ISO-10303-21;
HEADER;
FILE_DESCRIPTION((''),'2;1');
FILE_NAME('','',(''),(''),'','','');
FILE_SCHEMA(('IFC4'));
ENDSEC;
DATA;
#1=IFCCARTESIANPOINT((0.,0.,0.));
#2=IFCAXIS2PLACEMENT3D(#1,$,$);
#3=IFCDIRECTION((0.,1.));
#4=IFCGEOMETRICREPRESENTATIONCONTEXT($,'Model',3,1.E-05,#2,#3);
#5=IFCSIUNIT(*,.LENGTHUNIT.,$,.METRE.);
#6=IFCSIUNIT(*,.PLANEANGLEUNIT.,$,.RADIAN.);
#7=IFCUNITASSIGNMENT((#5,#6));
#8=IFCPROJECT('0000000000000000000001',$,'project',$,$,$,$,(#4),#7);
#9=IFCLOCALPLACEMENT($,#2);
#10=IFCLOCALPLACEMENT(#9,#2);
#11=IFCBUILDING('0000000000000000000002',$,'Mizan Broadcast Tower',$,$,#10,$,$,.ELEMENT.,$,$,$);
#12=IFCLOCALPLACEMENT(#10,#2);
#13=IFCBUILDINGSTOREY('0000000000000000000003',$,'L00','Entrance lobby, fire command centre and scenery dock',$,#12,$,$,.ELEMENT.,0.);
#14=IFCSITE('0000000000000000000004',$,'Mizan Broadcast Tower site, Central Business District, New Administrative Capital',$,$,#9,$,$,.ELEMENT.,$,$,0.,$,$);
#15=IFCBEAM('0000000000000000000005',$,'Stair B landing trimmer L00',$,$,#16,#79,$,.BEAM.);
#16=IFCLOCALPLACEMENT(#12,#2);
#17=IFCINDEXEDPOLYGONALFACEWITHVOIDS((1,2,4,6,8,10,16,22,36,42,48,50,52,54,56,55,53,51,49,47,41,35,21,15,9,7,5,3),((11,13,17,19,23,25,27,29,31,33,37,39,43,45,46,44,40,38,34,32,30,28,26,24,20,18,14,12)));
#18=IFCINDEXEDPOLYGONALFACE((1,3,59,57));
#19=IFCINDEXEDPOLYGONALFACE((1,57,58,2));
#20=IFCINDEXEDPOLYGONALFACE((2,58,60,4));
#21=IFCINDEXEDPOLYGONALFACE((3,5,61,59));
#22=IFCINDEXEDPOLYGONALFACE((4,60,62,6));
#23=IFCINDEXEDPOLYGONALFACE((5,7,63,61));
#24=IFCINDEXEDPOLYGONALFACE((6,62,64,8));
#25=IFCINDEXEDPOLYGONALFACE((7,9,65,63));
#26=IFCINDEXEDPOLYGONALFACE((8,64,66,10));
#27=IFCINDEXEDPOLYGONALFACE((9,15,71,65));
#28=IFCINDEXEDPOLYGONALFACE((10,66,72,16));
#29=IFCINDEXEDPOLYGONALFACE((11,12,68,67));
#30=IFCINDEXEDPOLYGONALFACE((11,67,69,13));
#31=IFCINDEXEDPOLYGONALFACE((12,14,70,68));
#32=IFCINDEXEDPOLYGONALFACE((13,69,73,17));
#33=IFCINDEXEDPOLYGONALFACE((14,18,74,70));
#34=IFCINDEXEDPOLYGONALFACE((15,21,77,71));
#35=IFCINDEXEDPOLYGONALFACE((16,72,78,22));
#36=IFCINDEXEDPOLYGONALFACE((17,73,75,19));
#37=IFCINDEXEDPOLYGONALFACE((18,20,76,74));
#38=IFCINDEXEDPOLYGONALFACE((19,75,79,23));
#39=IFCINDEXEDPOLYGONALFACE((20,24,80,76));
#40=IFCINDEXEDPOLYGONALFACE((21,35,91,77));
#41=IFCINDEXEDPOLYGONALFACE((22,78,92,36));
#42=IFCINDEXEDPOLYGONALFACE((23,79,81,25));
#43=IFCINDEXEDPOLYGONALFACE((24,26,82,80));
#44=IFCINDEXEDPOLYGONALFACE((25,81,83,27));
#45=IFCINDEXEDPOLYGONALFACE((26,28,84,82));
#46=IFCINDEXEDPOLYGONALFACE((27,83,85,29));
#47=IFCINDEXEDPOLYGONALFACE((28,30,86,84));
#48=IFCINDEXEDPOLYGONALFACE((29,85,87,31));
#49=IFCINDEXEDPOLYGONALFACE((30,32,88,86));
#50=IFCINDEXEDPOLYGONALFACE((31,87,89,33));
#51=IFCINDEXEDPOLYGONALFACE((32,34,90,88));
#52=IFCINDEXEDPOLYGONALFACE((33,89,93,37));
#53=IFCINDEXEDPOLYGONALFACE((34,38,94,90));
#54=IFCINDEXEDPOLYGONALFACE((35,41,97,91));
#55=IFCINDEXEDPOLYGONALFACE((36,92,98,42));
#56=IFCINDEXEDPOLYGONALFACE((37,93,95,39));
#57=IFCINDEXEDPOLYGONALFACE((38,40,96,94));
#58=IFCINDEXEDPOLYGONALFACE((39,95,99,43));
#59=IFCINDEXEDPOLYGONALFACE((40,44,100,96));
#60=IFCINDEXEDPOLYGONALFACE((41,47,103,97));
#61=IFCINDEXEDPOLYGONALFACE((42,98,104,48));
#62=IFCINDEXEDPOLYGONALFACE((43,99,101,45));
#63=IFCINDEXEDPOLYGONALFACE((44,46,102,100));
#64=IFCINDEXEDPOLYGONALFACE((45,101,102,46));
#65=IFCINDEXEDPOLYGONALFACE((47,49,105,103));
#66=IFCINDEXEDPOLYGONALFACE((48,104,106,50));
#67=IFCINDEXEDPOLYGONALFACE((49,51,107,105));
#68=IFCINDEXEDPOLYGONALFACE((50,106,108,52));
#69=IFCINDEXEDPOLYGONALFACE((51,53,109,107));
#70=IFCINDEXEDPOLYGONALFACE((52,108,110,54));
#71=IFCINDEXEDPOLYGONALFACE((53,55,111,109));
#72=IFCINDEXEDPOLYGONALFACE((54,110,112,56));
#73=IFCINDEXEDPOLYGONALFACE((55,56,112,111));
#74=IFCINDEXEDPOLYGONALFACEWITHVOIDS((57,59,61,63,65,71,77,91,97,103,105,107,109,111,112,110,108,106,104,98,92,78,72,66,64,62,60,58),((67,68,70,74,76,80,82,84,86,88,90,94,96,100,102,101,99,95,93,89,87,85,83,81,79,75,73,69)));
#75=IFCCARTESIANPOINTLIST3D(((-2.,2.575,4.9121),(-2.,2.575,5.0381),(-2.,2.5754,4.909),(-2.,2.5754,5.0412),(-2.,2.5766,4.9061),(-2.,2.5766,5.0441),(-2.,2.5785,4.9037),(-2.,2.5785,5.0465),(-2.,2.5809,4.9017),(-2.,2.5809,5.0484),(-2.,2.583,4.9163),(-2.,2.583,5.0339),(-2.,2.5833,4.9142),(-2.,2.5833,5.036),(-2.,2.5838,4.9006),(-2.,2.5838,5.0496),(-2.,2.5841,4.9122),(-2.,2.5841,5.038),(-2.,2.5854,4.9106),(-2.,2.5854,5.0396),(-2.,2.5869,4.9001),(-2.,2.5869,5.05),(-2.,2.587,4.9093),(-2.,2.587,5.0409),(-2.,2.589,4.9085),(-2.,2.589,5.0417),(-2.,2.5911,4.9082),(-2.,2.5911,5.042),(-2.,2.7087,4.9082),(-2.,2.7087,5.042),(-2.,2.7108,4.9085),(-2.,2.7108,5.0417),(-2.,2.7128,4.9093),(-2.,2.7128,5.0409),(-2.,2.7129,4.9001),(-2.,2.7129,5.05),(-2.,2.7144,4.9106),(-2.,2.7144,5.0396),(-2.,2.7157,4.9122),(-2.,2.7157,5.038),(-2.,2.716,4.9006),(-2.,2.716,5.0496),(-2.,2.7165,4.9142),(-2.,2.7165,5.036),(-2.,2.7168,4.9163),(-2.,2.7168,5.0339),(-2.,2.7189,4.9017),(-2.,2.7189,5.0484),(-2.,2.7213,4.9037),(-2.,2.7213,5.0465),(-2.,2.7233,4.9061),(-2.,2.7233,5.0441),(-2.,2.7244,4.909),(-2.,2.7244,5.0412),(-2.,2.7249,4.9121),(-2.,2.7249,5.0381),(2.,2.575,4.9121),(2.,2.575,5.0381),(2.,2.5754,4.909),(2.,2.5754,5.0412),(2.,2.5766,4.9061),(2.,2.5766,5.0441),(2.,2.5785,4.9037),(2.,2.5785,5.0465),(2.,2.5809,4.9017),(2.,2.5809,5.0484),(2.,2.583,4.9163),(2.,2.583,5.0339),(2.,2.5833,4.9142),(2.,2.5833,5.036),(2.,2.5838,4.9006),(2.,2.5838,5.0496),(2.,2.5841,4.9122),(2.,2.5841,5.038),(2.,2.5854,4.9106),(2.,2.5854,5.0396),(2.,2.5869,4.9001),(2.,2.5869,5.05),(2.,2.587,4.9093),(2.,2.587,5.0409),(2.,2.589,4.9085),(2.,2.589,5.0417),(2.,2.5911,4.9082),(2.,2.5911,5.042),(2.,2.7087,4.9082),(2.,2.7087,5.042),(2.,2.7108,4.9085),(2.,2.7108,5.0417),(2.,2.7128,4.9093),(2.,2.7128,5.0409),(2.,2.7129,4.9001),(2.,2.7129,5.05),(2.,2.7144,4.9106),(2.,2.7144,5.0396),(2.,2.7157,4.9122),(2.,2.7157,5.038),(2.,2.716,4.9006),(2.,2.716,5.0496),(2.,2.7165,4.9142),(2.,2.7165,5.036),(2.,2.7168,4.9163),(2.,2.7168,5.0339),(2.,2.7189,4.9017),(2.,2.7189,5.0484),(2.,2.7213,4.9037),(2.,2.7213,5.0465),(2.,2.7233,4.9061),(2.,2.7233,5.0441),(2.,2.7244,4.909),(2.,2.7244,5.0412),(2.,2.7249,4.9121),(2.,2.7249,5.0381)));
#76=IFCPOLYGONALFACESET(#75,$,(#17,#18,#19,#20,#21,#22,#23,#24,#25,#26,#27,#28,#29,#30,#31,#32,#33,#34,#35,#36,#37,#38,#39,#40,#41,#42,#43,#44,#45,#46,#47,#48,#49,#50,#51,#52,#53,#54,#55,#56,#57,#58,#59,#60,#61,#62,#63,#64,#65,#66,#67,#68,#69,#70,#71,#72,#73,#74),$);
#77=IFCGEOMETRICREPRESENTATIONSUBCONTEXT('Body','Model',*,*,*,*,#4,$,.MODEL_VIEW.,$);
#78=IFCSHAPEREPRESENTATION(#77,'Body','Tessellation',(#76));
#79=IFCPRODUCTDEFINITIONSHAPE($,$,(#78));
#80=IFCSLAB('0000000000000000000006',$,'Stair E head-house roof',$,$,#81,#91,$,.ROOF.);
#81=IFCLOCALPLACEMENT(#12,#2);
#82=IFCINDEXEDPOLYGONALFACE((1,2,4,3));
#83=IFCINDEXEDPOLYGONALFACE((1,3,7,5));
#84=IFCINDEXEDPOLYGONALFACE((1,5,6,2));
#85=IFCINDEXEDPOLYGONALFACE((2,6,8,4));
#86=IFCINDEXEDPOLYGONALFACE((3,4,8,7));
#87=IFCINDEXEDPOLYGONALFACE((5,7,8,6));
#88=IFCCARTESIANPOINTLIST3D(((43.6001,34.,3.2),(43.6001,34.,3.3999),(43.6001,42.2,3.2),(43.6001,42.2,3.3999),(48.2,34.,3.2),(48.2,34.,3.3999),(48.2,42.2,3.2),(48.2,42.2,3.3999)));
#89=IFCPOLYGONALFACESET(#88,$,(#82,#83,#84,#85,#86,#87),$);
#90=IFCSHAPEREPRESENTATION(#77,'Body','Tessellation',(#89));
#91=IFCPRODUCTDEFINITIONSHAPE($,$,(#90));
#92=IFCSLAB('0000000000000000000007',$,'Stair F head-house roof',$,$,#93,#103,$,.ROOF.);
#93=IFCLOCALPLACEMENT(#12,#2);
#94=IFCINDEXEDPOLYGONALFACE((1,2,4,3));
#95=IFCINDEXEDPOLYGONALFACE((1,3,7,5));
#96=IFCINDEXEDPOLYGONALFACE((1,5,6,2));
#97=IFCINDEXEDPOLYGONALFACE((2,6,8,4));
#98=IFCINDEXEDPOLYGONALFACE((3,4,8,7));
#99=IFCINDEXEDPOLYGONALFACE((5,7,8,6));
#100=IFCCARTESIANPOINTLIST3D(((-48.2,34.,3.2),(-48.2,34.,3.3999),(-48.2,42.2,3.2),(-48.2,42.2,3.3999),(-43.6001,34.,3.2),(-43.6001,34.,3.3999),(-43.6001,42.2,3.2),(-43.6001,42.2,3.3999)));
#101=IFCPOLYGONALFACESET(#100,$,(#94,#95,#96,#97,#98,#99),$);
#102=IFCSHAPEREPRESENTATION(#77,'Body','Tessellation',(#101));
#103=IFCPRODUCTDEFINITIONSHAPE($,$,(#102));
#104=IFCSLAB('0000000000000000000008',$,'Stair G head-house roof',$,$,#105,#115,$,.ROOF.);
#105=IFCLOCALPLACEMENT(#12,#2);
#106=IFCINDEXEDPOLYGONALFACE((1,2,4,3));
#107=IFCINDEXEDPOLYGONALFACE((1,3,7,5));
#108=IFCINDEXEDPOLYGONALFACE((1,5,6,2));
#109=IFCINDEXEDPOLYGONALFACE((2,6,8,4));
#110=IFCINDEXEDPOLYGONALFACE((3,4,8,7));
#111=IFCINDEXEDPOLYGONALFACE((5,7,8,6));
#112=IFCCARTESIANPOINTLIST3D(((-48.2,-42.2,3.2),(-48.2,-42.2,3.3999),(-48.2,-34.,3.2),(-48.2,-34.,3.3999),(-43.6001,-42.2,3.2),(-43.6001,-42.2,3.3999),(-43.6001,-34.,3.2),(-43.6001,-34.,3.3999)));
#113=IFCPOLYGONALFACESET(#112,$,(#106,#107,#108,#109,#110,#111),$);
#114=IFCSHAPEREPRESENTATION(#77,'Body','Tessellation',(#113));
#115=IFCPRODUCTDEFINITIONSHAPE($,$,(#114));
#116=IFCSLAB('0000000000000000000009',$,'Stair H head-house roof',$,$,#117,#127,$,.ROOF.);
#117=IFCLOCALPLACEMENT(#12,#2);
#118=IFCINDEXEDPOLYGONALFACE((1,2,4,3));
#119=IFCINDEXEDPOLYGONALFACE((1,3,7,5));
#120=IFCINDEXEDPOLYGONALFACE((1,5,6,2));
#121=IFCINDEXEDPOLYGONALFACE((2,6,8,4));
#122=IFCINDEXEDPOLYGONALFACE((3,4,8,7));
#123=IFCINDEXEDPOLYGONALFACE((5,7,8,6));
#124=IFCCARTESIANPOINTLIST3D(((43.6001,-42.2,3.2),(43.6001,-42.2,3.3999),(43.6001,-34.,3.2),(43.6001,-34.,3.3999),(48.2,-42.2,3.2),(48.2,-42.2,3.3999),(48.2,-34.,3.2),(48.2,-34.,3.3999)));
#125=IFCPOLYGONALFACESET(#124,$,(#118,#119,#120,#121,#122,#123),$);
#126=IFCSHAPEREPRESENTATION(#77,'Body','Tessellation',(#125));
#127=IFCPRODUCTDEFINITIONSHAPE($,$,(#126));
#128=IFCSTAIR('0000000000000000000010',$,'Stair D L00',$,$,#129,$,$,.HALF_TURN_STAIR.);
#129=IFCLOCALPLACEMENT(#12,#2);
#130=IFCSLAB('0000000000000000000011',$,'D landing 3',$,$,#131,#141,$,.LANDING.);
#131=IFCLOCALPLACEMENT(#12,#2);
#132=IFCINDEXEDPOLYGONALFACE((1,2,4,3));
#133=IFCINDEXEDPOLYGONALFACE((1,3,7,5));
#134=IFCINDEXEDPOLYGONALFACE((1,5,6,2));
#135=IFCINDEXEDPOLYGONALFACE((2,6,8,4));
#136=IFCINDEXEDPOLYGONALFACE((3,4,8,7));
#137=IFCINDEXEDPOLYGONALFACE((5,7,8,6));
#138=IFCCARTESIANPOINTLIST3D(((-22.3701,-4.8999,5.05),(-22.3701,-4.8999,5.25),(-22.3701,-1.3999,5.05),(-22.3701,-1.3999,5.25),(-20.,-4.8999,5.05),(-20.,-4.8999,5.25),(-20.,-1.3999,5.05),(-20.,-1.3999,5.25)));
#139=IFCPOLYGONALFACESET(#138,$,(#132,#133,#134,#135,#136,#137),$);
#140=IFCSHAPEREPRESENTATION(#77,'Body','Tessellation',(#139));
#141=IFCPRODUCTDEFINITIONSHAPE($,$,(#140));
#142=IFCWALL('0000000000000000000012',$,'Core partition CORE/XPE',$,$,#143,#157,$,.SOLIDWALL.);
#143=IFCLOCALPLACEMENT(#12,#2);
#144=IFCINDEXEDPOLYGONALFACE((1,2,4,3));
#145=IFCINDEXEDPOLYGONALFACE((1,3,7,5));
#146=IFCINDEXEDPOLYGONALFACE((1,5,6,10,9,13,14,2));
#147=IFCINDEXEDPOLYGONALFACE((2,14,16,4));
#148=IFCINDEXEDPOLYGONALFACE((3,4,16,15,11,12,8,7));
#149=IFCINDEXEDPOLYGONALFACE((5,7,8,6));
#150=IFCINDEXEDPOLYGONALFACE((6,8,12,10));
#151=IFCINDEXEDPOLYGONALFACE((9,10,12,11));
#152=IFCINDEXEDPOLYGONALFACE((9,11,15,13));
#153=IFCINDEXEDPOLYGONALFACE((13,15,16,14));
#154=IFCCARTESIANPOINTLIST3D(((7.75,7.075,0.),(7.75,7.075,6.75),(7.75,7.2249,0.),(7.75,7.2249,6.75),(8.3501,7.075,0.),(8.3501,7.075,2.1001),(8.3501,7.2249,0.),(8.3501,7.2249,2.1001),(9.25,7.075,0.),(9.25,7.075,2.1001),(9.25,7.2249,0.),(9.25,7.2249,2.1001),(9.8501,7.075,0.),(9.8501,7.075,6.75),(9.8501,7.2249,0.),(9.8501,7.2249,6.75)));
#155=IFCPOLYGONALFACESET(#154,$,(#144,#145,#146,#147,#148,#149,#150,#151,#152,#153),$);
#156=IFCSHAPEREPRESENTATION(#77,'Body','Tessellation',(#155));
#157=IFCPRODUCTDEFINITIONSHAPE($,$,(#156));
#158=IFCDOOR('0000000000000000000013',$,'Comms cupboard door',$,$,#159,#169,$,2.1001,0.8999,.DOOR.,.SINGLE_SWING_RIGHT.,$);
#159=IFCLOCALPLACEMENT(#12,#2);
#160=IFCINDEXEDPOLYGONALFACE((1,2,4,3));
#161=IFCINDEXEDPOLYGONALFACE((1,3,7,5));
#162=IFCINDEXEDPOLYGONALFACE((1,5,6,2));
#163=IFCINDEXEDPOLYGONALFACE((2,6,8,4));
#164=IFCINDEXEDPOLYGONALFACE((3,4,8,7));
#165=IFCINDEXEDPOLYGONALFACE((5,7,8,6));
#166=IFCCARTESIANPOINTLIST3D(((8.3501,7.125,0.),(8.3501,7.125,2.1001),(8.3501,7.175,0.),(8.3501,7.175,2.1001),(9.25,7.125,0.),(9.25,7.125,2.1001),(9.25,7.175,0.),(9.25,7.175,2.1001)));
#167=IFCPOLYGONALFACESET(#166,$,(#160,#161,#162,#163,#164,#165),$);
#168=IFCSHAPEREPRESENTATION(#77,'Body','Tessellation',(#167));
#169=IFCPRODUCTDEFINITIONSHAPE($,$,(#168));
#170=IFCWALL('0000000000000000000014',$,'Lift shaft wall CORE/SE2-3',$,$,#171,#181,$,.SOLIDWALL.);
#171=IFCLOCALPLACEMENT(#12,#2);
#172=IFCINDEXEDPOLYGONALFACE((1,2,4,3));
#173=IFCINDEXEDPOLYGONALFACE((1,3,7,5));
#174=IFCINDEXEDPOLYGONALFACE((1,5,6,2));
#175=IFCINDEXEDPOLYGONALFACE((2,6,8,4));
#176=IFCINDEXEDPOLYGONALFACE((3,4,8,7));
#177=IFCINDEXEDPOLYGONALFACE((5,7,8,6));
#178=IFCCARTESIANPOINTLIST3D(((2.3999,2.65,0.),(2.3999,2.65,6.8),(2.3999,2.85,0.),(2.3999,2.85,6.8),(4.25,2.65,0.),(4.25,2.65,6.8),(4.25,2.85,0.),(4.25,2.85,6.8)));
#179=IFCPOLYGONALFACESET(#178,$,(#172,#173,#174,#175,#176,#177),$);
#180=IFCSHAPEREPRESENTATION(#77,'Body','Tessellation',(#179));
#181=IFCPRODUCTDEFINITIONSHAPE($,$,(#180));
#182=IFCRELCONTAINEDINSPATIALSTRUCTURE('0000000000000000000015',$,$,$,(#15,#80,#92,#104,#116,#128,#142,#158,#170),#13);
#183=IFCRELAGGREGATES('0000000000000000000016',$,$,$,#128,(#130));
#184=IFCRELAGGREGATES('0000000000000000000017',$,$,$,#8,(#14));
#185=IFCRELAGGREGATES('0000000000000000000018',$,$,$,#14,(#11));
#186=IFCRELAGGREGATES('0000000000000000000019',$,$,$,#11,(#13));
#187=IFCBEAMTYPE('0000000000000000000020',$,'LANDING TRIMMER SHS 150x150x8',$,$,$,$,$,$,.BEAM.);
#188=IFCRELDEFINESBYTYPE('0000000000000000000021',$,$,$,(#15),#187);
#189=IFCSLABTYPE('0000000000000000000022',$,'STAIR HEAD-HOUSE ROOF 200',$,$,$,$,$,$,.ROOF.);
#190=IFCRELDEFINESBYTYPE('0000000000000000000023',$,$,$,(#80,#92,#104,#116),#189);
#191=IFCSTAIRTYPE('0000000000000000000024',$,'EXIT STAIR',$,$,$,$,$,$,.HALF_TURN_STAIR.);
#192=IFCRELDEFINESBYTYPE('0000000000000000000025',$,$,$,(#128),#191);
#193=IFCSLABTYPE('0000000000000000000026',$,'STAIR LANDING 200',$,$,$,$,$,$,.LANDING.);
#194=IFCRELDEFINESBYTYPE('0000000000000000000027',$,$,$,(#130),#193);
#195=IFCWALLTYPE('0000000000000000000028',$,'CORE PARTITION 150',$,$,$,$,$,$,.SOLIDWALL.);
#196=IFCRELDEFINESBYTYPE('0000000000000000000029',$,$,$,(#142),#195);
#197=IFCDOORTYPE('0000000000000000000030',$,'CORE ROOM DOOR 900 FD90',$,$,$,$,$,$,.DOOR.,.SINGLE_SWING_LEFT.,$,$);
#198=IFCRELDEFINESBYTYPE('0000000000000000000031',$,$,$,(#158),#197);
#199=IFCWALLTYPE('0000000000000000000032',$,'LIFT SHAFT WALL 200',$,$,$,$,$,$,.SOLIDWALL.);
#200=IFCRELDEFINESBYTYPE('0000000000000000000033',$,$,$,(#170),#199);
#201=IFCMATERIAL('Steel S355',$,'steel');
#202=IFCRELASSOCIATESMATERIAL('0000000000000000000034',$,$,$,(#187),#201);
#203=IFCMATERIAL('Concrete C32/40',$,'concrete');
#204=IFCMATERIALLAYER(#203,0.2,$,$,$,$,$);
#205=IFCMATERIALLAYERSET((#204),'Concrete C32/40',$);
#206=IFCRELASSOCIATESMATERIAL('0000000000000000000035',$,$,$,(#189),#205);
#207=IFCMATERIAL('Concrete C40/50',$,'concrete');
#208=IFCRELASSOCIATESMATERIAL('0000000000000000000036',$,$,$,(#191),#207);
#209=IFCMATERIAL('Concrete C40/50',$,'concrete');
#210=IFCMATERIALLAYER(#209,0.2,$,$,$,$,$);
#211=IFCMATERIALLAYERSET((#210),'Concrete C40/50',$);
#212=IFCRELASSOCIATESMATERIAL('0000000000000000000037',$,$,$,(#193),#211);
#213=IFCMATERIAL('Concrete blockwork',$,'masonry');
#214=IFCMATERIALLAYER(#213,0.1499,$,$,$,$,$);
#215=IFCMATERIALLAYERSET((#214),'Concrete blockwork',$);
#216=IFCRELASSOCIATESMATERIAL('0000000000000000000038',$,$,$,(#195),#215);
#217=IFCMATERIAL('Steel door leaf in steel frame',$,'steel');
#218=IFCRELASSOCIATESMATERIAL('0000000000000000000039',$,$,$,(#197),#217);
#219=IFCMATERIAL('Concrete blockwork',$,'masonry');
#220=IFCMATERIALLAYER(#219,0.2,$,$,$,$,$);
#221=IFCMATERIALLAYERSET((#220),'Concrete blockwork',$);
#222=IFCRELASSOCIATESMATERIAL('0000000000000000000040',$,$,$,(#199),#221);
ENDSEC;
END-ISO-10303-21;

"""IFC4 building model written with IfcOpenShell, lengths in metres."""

from ifc_helpers import new_model, si_unit, direction, frame, frame_2d, origin, origin_2d, place, context, subcontext, project, spatial, polyline, rectangle, hollow_rectangle, outline, extrude, material, layer, layer_set, material_profile, profile_set, type_object, element, fill, aggregate, save


model = new_model("IFC4")

# Units and contexts
model_context = context("Model", 3, precision=1e-05, world=origin(), true_north=direction((0.0, 1.0)))
body_context = subcontext(model_context, "Body", "Model", "MODEL_VIEW")
ifc_project = project(units=[si_unit("LENGTHUNIT", "METRE"), si_unit("PLANEANGLEUNIT", "RADIAN")], contexts=[model_context])

# Site, building, storey
site_placement = place(None, origin())
site = spatial("IfcSite", under=ifc_project, at=site_placement, Name="Mizan Broadcast Tower site, Central Business District, New Administrative Capital", CompositionType="ELEMENT", RefElevation=0.0)
building_placement = place(site_placement, origin())
building = spatial("IfcBuilding", under=site, at=building_placement, Name="Mizan Broadcast Tower", CompositionType="ELEMENT")
storey_placement = place(building_placement, origin())
storey = spatial("IfcBuildingStorey", under=building, at=storey_placement, Name="L00", Description="Entrance lobby, fire command centre and scenery dock", CompositionType="ELEMENT", Elevation=0.0)

# Beam
ifc_material_1 = material(Name="Steel S355", Category="steel")
ifc_material_profile = material_profile(ifc_material_1, hollow_rectangle(XDim=0.1499, YDim=0.1499, WallThickness=0.0081, InnerFilletRadius=0.0081, OuterFilletRadius=0.012, at=origin_2d()), Name="SHS 150x150x8")
ifc_profile_set = profile_set([ifc_material_profile], Name="Steel S355")
beam_type = type_object("IfcBeamType", Name="LANDING TRIMMER SHS 150x150x8", PredefinedType="BEAM", material=ifc_profile_set)
for number, where, z_axis, x_axis, name in (
    (1, (2.0, 2.6499, 4.9751), (-1.0, 0.0, 0.0), (0.0, -1.0, 0.0), "Stair B landing trimmer L00"),
):
    element("IfcBeam", number, at=place(storey_placement, frame(where, z_axis=z_axis, x_axis=x_axis)), inside=storey, type_object=beam_type, Name=name, PredefinedType="BEAM", context=body_context, shape_type="SweptSolid", body=[
        extrude(hollow_rectangle(XDim=0.1499, YDim=0.1499, WallThickness=0.0081, InnerFilletRadius=0.0081, OuterFilletRadius=0.012, at=origin_2d()), origin(), (0.0, 0.0, 1.0), 4.0),
    ])

# Slabs
ifc_material_2 = material(Name="Concrete C32/40", Category="concrete")
ifc_layer_1 = layer(ifc_material_2, 0.2)
ifc_layer_set_1 = layer_set([ifc_layer_1], Name="Concrete C32/40")
slab_type_1 = type_object("IfcSlabType", Name="STAIR HEAD-HOUSE ROOF 200", PredefinedType="ROOF", material=ifc_layer_set_1)
slab_1_placement = place(storey_placement, frame((0.0, 0.0, 3.2)))
element("IfcSlab", 2, at=slab_1_placement, inside=storey, type_object=slab_type_1, Name="Stair E head-house roof", PredefinedType="ROOF", context=body_context, shape_type="SweptSolid", body=[
    extrude(outline(polyline([(43.6001, 34.0), (48.2, 34.0), (48.2, 42.2), (43.6001, 42.2), (43.6001, 34.0)])), origin(), (0.0, 0.0, 1.0), 0.2),
])
slab_2_placement = place(storey_placement, frame((0.0, 0.0, 3.2)))
element("IfcSlab", 3, at=slab_2_placement, inside=storey, type_object=slab_type_1, Name="Stair F head-house roof", PredefinedType="ROOF", context=body_context, shape_type="SweptSolid", body=[
    extrude(outline(polyline([(-48.2, 34.0), (-43.6001, 34.0), (-43.6001, 42.2), (-48.2, 42.2), (-48.2, 34.0)])), origin(), (0.0, 0.0, 1.0), 0.2),
])
slab_3_placement = place(storey_placement, frame((0.0, 0.0, 3.2)))
element("IfcSlab", 4, at=slab_3_placement, inside=storey, type_object=slab_type_1, Name="Stair G head-house roof", PredefinedType="ROOF", context=body_context, shape_type="SweptSolid", body=[
    extrude(outline(polyline([(-48.2, -42.2), (-43.6001, -42.2), (-43.6001, -34.0), (-48.2, -34.0), (-48.2, -42.2)])), origin(), (0.0, 0.0, 1.0), 0.2),
])
slab_4_placement = place(storey_placement, frame((0.0, 0.0, 3.2)))
element("IfcSlab", 5, at=slab_4_placement, inside=storey, type_object=slab_type_1, Name="Stair H head-house roof", PredefinedType="ROOF", context=body_context, shape_type="SweptSolid", body=[
    extrude(outline(polyline([(43.6001, -42.2), (48.2, -42.2), (48.2, -34.0), (43.6001, -34.0), (43.6001, -42.2)])), origin(), (0.0, 0.0, 1.0), 0.2),
])

# Stair, slab
ifc_material_3 = material(Name="Concrete C40/50", Category="concrete")
stair_type = type_object("IfcStairType", Name="EXIT STAIR", PredefinedType="HALF_TURN_STAIR", material=ifc_material_3)
stair_placement = place(storey_placement, origin())
stair = element("IfcStair", 6, at=stair_placement, inside=storey, type_object=stair_type, Name="Stair D L00", PredefinedType="HALF_TURN_STAIR")
ifc_material_4 = material(Name="Concrete C40/50", Category="concrete")
ifc_layer_2 = layer(ifc_material_4, 0.2)
ifc_layer_set_2 = layer_set([ifc_layer_2], Name="Concrete C40/50")
slab_type_2 = type_object("IfcSlabType", Name="STAIR LANDING 200", PredefinedType="LANDING", material=ifc_layer_set_2)
slab_5_placement = place(storey_placement, frame((0.0, 0.0, 5.05)))
slab_5 = element("IfcSlab", 7, at=slab_5_placement, type_object=slab_type_2, Name="D landing 3", PredefinedType="LANDING", context=body_context, shape_type="SweptSolid", body=[
    extrude(outline(polyline([(-22.3701, -1.3999), (-20.0, -1.3999), (-20.0, -4.8999), (-22.3701, -4.8999), (-22.3701, -1.3999)])), origin(), (0.0, 0.0, 1.0), 0.2),
])
aggregate(stair, [slab_5])

# Wall, opening, door
ifc_material_5 = material(Name="Concrete blockwork", Category="masonry")
ifc_layer_3 = layer(ifc_material_5, 0.1499)
ifc_layer_set_3 = layer_set([ifc_layer_3], Name="Concrete blockwork")
wall_type_1 = type_object("IfcWallType", Name="CORE PARTITION 150", PredefinedType="SOLIDWALL", material=ifc_layer_set_3)
wall_1_placement = place(storey_placement, frame((9.8501, 7.1499, 0.0), z_axis=(0.0, 0.0, 1.0), x_axis=(-1.0, 0.0, 0.0)))
wall_1 = element("IfcWall", 8, at=wall_1_placement, inside=storey, type_object=wall_type_1, Name="Core partition CORE/XPE", PredefinedType="SOLIDWALL", context=body_context, shape_type="SweptSolid", body=[
    extrude(rectangle(XDim=2.1001, YDim=0.1499, at=frame_2d((1.05, 0.0))), origin(), (0.0, 0.0, 1.0), 6.75),
])
opening_1_placement = place(wall_1_placement, frame((0.6001, 0.0, 0.0)))
opening_1 = element("IfcOpeningElement", 9, at=opening_1_placement, cuts=wall_1, PredefinedType="OPENING", context=body_context, shape_type="SweptSolid", body=[
    extrude(rectangle(XDim=0.8999, YDim=2.1001, at=frame_2d((0.45, 1.05))), frame((0.0, 0.085, 0.0), z_axis=(0.0, -1.0, 0.0), x_axis=(1.0, 0.0, 0.0)), (0.0, 0.0, 1.0), 0.1699),
])
ifc_material_6 = material(Name="Steel door leaf in steel frame", Category="steel")
door_type_1 = type_object("IfcDoorType", Name="CORE ROOM DOOR 900 FD90", OperationType="SINGLE_SWING_LEFT", PredefinedType="DOOR", material=ifc_material_6)
door_1_placement = place(opening_1_placement, origin())
door_1 = element("IfcDoor", 10, at=door_1_placement, inside=storey, type_object=door_type_1, Name="Comms cupboard door", OperationType="SINGLE_SWING_RIGHT", OverallHeight=2.1001, OverallWidth=0.8999, PredefinedType="DOOR", context=body_context, shape_type="SweptSolid", body=[
    extrude(rectangle(XDim=0.8999, YDim=2.1001, at=frame_2d((0.45, 1.05))), frame((0.0, 0.0249, 0.0), z_axis=(0.0, -1.0, 0.0), x_axis=(1.0, 0.0, 0.0)), (0.0, 0.0, 1.0), 0.05),
])
fill(opening_1, door_1)

# Wall
ifc_material_7 = material(Name="Concrete blockwork", Category="masonry")
ifc_layer_4 = layer(ifc_material_7, 0.2)
ifc_layer_set_4 = layer_set([ifc_layer_4], Name="Concrete blockwork")
wall_type_2 = type_object("IfcWallType", Name="LIFT SHAFT WALL 200", PredefinedType="SOLIDWALL", material=ifc_layer_set_4)
wall_2_placement = place(storey_placement, frame((2.3999, 2.75, 0.0), z_axis=(0.0, 0.0, 1.0), x_axis=(1.0, 0.0, 0.0)))
element("IfcWall", 11, at=wall_2_placement, inside=storey, type_object=wall_type_2, Name="Lift shaft wall CORE/SE2-3", PredefinedType="SOLIDWALL", context=body_context, shape_type="SweptSolid", body=[
    extrude(rectangle(XDim=1.8501, YDim=0.2, at=frame_2d((0.925, 0.0))), origin(), (0.0, 0.0, 1.0), 6.8),
])

save(model, "model.ifc")
